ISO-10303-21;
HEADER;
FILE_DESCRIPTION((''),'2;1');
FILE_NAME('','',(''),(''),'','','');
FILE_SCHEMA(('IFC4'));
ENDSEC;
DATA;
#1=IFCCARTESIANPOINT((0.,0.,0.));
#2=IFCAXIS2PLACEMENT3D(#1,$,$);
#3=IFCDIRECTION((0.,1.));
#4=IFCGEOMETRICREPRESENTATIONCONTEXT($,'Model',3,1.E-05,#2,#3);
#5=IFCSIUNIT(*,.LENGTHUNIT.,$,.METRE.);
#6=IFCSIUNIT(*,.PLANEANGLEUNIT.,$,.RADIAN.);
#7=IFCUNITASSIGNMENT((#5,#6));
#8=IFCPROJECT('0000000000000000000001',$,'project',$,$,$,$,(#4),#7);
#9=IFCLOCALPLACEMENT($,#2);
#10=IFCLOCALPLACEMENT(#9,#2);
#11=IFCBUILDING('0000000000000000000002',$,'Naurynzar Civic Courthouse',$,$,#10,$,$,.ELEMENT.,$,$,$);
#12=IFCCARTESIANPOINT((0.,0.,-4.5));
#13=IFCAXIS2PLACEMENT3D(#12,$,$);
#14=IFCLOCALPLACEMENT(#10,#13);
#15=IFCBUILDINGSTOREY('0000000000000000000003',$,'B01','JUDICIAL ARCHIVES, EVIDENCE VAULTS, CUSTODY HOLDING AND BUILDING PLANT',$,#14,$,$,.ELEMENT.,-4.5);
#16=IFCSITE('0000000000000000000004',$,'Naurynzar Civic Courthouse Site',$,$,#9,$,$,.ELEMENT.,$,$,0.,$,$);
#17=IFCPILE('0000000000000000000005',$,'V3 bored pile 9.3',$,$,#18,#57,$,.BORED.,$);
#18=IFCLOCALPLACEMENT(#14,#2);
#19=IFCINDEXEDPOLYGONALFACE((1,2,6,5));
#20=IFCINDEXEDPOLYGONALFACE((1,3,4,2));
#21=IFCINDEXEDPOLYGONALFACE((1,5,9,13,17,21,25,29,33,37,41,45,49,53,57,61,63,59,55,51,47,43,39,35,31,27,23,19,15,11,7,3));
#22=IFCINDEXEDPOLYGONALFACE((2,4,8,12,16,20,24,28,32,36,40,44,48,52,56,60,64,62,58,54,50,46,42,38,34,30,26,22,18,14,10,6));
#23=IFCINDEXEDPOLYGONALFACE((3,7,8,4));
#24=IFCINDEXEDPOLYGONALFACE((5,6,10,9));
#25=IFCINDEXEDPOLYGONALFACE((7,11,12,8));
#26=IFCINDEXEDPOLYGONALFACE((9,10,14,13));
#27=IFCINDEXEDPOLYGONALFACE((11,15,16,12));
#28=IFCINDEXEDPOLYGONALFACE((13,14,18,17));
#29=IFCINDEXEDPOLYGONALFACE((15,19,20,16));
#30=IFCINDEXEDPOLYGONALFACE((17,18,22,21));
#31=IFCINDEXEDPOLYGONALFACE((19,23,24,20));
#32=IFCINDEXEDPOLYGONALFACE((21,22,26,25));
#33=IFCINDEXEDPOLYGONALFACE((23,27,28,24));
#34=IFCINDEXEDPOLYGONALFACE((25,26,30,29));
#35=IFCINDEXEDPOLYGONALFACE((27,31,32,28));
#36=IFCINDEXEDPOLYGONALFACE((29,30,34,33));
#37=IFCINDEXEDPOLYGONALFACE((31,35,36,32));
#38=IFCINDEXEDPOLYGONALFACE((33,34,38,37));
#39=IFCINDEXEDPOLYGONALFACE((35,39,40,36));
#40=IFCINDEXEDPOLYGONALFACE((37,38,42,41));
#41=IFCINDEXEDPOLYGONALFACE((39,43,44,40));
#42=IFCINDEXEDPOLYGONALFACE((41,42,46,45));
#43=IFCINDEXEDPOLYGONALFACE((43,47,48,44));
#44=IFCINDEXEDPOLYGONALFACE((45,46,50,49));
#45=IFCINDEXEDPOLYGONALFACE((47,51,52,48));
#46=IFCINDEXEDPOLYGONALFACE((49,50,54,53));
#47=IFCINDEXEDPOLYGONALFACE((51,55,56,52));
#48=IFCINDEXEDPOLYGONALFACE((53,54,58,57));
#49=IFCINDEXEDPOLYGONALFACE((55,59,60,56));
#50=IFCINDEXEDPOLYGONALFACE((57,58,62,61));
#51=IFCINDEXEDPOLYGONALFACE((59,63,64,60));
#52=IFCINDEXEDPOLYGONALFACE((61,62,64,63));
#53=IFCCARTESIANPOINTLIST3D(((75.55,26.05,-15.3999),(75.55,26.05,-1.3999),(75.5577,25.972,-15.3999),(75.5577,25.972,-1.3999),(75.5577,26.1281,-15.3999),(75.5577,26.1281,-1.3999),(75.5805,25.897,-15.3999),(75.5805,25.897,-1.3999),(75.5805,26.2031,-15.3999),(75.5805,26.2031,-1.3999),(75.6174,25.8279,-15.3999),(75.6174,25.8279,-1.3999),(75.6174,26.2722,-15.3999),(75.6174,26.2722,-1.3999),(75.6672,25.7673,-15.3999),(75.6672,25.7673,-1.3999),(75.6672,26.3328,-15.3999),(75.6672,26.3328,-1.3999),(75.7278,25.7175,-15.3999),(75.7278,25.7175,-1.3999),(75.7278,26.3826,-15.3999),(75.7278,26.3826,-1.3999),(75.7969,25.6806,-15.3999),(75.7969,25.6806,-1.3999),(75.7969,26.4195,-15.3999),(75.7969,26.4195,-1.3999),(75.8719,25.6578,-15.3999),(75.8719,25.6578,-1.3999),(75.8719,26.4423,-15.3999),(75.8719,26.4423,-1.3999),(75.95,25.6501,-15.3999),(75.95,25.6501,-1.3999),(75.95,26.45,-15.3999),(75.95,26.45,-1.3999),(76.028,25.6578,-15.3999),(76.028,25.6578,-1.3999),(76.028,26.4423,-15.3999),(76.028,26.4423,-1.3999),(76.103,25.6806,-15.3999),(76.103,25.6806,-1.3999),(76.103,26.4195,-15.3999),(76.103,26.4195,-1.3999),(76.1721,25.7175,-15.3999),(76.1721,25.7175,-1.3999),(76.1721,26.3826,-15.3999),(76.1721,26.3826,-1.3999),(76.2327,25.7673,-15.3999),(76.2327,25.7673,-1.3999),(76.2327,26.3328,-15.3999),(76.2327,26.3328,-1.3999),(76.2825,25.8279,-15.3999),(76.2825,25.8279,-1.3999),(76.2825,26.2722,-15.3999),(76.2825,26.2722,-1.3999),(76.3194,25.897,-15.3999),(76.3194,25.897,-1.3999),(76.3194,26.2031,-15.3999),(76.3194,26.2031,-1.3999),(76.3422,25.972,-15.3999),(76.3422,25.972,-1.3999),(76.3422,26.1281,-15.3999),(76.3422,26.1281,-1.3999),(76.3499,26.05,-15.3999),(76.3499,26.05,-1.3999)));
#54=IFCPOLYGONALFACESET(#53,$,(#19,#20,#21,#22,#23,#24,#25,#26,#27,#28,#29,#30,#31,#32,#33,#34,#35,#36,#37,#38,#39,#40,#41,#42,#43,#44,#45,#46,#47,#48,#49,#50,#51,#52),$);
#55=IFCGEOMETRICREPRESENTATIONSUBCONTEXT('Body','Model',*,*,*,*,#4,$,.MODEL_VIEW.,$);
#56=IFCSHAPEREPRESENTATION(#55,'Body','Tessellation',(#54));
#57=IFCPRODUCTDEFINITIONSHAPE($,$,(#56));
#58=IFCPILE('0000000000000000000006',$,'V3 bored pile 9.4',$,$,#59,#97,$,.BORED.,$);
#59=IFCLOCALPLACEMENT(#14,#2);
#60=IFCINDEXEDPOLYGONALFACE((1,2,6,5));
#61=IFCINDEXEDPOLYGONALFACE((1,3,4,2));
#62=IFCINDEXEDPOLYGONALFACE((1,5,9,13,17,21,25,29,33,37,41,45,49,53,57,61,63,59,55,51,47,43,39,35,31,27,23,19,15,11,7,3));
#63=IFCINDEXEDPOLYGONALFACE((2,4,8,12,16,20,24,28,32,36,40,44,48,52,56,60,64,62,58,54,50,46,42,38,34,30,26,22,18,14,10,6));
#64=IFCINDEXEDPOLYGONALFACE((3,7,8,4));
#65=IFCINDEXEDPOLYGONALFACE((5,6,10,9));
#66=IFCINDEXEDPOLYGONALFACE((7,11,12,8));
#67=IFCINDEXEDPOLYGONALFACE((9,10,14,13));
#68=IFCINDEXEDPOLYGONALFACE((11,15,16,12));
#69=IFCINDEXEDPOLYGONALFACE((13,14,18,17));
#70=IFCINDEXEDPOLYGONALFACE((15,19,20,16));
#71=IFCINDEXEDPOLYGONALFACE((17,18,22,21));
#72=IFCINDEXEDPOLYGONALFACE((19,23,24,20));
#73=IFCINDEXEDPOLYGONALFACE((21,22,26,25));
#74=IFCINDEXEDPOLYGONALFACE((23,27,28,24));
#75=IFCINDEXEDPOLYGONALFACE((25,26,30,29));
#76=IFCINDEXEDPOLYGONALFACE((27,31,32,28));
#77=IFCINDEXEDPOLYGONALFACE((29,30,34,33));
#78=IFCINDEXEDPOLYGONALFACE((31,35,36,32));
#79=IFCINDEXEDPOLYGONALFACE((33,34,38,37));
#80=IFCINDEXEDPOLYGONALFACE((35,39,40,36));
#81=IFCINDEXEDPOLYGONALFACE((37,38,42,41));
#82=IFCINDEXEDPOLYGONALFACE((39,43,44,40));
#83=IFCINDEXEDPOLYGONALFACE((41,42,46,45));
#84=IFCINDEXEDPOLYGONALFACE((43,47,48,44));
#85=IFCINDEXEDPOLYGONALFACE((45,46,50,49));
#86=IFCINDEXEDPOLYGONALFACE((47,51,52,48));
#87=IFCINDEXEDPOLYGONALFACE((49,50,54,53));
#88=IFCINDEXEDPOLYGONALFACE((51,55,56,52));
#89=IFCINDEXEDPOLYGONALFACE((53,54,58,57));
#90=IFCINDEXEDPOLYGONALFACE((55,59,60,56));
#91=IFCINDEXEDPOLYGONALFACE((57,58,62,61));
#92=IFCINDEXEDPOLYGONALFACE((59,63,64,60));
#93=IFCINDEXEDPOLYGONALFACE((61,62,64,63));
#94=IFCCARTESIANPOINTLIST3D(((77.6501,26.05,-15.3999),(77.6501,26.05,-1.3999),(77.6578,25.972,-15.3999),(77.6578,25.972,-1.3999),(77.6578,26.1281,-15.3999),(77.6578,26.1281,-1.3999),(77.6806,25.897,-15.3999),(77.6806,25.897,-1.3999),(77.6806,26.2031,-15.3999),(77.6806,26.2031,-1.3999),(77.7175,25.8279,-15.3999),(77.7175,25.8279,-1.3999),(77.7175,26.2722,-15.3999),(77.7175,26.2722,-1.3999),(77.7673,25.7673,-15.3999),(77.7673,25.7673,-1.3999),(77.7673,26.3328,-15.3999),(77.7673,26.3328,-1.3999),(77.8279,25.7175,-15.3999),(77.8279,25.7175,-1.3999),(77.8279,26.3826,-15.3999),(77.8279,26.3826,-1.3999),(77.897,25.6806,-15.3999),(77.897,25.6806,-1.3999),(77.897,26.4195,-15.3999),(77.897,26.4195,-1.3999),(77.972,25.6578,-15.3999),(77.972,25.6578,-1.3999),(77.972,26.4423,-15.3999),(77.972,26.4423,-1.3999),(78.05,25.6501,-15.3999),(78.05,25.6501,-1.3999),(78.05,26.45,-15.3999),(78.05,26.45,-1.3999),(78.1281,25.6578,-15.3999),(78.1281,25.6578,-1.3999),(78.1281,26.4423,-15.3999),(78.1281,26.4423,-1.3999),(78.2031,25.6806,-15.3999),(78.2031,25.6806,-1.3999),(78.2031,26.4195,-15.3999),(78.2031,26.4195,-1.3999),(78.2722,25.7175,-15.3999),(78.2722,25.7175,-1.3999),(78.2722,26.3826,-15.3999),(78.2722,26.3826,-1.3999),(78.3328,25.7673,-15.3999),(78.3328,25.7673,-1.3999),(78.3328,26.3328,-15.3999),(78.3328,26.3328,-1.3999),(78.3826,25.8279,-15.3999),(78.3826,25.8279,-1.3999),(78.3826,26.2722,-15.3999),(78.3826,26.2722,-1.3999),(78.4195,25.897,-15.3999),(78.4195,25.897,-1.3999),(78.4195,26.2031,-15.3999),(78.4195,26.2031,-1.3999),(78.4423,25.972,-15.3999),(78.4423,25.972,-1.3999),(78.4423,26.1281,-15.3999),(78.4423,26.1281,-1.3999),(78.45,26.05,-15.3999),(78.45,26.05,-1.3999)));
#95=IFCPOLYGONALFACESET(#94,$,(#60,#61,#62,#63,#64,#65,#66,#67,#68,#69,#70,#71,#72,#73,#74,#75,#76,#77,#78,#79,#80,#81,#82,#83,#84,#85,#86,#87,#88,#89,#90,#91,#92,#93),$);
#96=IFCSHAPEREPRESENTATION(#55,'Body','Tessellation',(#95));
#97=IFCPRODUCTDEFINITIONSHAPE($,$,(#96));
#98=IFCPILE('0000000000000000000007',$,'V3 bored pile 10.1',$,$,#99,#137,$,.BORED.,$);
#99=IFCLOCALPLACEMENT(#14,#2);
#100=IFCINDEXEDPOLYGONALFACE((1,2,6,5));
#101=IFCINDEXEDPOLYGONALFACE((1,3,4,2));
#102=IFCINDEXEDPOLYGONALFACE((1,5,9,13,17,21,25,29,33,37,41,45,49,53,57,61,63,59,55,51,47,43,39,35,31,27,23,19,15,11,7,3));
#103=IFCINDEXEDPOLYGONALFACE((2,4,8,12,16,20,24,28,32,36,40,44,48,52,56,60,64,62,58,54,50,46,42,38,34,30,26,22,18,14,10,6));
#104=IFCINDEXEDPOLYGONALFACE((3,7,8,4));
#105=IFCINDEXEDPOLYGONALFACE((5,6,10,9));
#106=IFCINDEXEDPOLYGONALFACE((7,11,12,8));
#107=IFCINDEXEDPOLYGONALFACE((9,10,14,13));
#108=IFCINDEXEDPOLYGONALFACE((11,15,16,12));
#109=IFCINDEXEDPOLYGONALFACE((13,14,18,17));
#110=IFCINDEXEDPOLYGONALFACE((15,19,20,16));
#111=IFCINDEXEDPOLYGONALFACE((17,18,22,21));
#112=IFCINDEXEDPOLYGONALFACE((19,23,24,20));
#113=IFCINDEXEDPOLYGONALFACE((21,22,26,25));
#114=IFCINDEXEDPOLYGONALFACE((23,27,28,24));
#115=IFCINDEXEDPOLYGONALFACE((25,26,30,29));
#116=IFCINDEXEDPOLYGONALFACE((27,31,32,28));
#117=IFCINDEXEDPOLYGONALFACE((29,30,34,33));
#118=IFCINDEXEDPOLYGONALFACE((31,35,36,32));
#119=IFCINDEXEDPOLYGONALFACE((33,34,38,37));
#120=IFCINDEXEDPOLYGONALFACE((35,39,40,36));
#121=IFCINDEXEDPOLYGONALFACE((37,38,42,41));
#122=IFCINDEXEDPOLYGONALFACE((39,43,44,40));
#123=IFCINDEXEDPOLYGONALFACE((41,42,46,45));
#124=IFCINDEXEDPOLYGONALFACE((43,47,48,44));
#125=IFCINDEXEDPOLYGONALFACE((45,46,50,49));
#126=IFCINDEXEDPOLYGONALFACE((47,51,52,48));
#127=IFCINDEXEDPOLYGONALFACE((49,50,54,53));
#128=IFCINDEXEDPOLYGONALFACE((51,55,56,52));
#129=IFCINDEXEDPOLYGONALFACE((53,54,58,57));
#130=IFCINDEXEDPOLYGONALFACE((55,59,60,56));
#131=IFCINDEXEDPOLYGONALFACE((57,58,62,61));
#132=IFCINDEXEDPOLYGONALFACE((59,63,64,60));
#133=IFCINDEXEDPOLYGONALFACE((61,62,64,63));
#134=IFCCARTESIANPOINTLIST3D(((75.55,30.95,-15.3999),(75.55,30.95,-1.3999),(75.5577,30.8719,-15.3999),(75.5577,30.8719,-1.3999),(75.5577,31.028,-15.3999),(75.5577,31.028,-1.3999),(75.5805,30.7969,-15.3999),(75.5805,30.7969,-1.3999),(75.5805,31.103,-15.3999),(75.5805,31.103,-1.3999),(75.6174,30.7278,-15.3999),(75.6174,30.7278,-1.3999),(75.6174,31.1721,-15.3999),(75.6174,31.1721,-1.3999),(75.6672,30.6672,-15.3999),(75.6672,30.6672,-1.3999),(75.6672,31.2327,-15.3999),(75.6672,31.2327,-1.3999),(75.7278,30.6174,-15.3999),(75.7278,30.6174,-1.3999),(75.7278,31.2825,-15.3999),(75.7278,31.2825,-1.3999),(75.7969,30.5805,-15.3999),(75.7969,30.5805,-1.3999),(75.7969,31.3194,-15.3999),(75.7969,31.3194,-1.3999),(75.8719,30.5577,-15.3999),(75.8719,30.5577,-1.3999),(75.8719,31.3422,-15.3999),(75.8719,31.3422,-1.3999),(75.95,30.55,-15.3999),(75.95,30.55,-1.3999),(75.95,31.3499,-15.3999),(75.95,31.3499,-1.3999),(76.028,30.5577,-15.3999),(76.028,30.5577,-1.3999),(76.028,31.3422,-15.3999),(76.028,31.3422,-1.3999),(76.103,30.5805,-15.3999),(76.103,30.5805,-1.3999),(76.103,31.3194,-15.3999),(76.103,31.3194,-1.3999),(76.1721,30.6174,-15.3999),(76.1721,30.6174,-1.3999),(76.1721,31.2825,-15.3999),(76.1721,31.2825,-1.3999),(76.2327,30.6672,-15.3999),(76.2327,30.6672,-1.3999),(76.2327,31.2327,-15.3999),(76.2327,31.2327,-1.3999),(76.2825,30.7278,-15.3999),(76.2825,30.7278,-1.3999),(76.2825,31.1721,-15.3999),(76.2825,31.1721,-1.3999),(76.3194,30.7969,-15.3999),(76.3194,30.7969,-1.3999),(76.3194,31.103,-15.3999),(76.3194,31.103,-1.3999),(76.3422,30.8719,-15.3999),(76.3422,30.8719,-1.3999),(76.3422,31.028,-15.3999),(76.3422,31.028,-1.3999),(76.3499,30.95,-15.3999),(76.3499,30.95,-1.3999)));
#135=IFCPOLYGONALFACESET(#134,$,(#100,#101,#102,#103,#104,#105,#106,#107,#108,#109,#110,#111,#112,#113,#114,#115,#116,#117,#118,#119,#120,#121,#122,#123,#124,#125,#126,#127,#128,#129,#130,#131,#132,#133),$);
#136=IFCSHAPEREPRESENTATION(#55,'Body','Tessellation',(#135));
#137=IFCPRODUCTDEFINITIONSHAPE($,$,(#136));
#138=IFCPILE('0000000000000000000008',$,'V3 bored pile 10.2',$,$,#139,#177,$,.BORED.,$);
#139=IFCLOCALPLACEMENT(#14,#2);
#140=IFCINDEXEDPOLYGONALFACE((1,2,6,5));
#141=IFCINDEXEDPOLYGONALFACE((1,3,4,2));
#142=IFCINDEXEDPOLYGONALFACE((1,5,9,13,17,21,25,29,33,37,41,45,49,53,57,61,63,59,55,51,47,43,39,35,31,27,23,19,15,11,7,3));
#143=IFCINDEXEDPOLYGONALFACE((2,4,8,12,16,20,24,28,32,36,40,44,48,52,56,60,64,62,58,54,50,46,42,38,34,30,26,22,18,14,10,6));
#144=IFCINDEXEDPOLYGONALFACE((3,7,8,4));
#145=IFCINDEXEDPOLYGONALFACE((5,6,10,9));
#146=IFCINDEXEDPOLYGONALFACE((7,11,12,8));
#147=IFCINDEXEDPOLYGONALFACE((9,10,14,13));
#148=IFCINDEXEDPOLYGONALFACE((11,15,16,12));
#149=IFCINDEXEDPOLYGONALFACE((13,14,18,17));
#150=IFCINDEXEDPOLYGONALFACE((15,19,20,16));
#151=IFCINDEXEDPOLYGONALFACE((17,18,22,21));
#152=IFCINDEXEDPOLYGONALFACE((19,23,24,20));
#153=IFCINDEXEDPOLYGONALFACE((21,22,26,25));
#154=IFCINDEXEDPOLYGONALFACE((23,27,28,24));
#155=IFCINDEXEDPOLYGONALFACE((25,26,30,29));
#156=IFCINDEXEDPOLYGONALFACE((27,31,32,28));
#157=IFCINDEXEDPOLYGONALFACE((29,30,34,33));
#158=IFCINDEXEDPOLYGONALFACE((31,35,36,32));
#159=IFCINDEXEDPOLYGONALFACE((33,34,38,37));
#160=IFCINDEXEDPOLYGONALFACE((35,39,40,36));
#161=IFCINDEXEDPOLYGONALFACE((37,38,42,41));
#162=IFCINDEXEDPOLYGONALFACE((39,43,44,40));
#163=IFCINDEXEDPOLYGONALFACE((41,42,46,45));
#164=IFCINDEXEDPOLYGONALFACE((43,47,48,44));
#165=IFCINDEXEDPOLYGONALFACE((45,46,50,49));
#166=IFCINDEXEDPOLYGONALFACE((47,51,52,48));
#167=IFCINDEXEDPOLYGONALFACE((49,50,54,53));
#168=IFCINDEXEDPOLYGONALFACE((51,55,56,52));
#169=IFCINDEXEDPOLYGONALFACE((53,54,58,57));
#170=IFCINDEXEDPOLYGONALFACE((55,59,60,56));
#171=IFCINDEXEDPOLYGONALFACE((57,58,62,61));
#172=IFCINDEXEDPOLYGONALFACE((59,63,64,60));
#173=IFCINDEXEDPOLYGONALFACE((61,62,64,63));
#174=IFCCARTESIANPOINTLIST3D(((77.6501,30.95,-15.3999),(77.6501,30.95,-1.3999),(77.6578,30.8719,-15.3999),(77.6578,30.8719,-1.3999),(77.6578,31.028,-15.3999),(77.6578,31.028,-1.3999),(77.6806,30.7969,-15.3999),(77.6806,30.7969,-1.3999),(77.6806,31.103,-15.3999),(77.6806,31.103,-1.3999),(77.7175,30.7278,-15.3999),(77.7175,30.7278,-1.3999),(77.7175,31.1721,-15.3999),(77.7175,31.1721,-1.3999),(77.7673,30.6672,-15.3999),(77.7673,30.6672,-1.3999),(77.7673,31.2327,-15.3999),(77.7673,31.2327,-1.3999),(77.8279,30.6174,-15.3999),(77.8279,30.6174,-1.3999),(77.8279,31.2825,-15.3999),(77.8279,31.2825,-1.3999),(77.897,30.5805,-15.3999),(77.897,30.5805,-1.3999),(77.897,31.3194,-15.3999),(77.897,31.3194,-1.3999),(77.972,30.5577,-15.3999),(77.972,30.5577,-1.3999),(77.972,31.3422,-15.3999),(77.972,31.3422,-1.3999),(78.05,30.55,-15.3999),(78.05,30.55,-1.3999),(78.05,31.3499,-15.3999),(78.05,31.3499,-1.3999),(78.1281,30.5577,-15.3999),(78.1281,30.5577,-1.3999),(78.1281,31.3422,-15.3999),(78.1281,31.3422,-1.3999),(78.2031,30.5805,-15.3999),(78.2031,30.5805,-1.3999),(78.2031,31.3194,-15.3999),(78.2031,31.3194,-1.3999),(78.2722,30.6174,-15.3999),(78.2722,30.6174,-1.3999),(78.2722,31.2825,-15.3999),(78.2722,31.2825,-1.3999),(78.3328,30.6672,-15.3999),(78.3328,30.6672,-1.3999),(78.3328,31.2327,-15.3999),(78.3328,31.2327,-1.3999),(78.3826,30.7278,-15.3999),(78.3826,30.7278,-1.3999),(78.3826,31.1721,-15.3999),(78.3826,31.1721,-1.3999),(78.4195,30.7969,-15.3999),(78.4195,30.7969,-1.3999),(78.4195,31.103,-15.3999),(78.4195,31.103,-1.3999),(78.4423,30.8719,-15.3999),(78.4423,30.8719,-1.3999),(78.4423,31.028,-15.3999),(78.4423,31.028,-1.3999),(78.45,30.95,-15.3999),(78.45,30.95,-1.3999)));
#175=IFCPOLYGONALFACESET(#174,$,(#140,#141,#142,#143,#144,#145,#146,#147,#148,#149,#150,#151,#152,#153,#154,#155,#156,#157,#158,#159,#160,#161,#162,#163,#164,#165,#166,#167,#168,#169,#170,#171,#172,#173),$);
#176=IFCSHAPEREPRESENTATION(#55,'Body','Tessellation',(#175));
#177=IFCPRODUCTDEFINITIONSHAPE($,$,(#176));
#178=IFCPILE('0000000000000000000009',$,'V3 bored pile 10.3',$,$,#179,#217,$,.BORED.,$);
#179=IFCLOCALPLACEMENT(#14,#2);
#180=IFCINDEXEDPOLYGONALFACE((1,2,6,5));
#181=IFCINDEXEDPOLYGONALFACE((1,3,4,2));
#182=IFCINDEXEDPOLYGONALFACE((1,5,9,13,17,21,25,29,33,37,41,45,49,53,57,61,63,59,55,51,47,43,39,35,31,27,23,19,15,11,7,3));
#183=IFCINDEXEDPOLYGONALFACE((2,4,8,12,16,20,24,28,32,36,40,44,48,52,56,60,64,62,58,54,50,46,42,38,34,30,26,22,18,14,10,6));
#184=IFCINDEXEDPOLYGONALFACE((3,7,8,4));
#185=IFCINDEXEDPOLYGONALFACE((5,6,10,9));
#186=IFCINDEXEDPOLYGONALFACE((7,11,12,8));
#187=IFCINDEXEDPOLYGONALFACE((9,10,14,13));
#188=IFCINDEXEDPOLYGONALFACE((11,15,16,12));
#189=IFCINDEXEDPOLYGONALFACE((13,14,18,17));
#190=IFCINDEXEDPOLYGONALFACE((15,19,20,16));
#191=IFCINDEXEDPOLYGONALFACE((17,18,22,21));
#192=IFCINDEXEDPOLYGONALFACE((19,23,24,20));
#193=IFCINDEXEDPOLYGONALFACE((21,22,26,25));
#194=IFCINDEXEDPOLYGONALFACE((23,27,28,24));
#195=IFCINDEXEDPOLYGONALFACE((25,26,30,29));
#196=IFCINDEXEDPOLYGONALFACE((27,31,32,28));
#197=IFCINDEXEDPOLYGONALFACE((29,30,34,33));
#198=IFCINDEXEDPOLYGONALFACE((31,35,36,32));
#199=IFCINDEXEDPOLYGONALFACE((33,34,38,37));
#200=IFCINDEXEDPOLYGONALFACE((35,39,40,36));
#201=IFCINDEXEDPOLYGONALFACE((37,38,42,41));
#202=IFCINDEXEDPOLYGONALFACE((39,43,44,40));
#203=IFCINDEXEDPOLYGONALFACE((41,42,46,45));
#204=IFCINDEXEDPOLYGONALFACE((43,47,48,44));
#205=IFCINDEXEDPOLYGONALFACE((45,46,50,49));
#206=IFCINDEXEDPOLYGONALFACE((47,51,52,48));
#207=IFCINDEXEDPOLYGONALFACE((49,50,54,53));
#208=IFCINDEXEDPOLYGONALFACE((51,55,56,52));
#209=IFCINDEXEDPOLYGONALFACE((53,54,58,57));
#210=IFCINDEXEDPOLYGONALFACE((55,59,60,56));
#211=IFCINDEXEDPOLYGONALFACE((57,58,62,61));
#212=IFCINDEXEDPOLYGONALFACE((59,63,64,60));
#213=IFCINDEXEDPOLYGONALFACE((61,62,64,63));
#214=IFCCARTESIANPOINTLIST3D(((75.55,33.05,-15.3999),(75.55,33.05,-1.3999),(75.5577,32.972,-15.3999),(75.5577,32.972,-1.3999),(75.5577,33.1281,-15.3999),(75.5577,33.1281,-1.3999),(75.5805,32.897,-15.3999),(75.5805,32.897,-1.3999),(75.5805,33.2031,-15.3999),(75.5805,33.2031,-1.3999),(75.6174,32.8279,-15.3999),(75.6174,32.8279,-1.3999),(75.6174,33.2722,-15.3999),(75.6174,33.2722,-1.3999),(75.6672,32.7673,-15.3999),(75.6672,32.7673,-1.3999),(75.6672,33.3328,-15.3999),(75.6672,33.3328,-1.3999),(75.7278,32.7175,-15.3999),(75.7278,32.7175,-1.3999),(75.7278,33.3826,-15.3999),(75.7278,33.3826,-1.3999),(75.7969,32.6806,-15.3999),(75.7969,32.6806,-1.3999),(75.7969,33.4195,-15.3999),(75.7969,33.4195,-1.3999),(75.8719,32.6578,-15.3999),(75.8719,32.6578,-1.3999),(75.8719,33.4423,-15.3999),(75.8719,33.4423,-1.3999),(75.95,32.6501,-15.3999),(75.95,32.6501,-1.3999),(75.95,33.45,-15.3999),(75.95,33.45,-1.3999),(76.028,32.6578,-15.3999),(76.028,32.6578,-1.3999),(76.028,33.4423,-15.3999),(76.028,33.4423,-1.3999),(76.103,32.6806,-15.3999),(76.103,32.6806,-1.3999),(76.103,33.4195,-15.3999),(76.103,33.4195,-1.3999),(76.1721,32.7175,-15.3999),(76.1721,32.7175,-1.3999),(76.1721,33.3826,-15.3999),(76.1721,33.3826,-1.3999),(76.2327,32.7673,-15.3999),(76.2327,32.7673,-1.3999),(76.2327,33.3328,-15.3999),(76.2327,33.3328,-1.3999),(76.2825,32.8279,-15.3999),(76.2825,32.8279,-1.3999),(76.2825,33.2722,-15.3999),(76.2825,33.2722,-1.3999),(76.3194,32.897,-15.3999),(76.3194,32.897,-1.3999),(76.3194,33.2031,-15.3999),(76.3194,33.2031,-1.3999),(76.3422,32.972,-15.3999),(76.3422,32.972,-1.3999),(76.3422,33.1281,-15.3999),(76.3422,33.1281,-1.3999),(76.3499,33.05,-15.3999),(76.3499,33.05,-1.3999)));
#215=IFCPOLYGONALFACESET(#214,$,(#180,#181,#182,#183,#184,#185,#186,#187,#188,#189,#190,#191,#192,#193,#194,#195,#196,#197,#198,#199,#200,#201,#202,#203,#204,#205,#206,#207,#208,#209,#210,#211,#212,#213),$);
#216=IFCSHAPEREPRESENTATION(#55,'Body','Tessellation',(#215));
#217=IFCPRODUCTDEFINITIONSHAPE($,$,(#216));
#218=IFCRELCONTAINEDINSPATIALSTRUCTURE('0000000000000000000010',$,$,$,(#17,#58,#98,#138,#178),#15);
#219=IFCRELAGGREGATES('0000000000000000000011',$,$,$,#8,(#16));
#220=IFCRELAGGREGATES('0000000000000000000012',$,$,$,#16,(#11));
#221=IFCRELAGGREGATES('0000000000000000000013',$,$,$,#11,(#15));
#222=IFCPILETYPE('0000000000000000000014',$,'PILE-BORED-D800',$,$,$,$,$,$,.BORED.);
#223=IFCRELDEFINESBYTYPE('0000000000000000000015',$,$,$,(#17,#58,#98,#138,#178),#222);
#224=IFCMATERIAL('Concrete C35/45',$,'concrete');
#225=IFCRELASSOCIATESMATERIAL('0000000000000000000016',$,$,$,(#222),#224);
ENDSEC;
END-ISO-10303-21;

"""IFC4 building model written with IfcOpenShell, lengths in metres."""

from ifc_helpers import new_model, si_unit, direction, frame, origin, origin_2d, place, context, subcontext, project, spatial, circle, extrude, material, material_profile, profile_set, type_object, element, save


model = new_model("IFC4")

# Units and contexts
model_context = context("Model", 3, precision=1e-05, world=origin(), true_north=direction((0.0, 1.0)))
body_context = subcontext(model_context, "Body", "Model", "MODEL_VIEW")
ifc_project = project(units=[si_unit("LENGTHUNIT", "METRE"), si_unit("PLANEANGLEUNIT", "RADIAN")], contexts=[model_context])

# Site, building, storey
site_placement = place(None, origin())
site = spatial("IfcSite", under=ifc_project, at=site_placement, Name="Naurynzar Civic Courthouse Site", CompositionType="ELEMENT", RefElevation=0.0)
building_placement = place(site_placement, origin())
building = spatial("IfcBuilding", under=site, at=building_placement, Name="Naurynzar Civic Courthouse", CompositionType="ELEMENT")
storey_placement = place(building_placement, frame((0.0, 0.0, -4.5)))
storey = spatial("IfcBuildingStorey", under=building, at=storey_placement, Name="B01", Description="JUDICIAL ARCHIVES, EVIDENCE VAULTS, CUSTODY HOLDING AND BUILDING PLANT", CompositionType="ELEMENT", Elevation=-4.5)

# Piles
ifc_material_1 = material(Name="Concrete C35/45", Category="concrete")
ifc_material_profile_1 = material_profile(ifc_material_1, circle(Radius=0.3999, at=origin_2d()), Name="PILE D800")
ifc_profile_set_1 = profile_set([ifc_material_profile_1], Name="Concrete C35/45")
pile_type = type_object("IfcPileType", Name="PILE-BORED-D800", PredefinedType="BORED", material=ifc_profile_set_1)
for number, where, z_axis, x_axis, name in (
    (1, (75.95, 26.05, -1.3999), (0.0, 0.0, -1.0), (1.0, 0.0, 0.0), "V3 bored pile 9.3"),
    (2, (78.05, 26.05, -1.3999), (0.0, 0.0, -1.0), (1.0, 0.0, 0.0), "V3 bored pile 9.4"),
    (3, (75.95, 30.95, -1.3999), (0.0, 0.0, -1.0), (1.0, 0.0, 0.0), "V3 bored pile 10.1"),
    (4, (78.05, 30.95, -1.3999), (0.0, 0.0, -1.0), (1.0, 0.0, 0.0), "V3 bored pile 10.2"),
    (5, (75.95, 33.05, -1.3999), (0.0, 0.0, -1.0), (1.0, 0.0, 0.0), "V3 bored pile 10.3"),
):
    element("IfcPile", number, at=place(storey_placement, frame(where, z_axis=z_axis, x_axis=x_axis)), inside=storey, type_object=pile_type, Name=name, PredefinedType="BORED", context=body_context, shape_type="SweptSolid", body=[
        extrude(circle(Radius=0.3999, at=origin_2d()), origin(), (0.0, 0.0, 1.0), 14.0),
    ])

save(model, "model.ifc")
